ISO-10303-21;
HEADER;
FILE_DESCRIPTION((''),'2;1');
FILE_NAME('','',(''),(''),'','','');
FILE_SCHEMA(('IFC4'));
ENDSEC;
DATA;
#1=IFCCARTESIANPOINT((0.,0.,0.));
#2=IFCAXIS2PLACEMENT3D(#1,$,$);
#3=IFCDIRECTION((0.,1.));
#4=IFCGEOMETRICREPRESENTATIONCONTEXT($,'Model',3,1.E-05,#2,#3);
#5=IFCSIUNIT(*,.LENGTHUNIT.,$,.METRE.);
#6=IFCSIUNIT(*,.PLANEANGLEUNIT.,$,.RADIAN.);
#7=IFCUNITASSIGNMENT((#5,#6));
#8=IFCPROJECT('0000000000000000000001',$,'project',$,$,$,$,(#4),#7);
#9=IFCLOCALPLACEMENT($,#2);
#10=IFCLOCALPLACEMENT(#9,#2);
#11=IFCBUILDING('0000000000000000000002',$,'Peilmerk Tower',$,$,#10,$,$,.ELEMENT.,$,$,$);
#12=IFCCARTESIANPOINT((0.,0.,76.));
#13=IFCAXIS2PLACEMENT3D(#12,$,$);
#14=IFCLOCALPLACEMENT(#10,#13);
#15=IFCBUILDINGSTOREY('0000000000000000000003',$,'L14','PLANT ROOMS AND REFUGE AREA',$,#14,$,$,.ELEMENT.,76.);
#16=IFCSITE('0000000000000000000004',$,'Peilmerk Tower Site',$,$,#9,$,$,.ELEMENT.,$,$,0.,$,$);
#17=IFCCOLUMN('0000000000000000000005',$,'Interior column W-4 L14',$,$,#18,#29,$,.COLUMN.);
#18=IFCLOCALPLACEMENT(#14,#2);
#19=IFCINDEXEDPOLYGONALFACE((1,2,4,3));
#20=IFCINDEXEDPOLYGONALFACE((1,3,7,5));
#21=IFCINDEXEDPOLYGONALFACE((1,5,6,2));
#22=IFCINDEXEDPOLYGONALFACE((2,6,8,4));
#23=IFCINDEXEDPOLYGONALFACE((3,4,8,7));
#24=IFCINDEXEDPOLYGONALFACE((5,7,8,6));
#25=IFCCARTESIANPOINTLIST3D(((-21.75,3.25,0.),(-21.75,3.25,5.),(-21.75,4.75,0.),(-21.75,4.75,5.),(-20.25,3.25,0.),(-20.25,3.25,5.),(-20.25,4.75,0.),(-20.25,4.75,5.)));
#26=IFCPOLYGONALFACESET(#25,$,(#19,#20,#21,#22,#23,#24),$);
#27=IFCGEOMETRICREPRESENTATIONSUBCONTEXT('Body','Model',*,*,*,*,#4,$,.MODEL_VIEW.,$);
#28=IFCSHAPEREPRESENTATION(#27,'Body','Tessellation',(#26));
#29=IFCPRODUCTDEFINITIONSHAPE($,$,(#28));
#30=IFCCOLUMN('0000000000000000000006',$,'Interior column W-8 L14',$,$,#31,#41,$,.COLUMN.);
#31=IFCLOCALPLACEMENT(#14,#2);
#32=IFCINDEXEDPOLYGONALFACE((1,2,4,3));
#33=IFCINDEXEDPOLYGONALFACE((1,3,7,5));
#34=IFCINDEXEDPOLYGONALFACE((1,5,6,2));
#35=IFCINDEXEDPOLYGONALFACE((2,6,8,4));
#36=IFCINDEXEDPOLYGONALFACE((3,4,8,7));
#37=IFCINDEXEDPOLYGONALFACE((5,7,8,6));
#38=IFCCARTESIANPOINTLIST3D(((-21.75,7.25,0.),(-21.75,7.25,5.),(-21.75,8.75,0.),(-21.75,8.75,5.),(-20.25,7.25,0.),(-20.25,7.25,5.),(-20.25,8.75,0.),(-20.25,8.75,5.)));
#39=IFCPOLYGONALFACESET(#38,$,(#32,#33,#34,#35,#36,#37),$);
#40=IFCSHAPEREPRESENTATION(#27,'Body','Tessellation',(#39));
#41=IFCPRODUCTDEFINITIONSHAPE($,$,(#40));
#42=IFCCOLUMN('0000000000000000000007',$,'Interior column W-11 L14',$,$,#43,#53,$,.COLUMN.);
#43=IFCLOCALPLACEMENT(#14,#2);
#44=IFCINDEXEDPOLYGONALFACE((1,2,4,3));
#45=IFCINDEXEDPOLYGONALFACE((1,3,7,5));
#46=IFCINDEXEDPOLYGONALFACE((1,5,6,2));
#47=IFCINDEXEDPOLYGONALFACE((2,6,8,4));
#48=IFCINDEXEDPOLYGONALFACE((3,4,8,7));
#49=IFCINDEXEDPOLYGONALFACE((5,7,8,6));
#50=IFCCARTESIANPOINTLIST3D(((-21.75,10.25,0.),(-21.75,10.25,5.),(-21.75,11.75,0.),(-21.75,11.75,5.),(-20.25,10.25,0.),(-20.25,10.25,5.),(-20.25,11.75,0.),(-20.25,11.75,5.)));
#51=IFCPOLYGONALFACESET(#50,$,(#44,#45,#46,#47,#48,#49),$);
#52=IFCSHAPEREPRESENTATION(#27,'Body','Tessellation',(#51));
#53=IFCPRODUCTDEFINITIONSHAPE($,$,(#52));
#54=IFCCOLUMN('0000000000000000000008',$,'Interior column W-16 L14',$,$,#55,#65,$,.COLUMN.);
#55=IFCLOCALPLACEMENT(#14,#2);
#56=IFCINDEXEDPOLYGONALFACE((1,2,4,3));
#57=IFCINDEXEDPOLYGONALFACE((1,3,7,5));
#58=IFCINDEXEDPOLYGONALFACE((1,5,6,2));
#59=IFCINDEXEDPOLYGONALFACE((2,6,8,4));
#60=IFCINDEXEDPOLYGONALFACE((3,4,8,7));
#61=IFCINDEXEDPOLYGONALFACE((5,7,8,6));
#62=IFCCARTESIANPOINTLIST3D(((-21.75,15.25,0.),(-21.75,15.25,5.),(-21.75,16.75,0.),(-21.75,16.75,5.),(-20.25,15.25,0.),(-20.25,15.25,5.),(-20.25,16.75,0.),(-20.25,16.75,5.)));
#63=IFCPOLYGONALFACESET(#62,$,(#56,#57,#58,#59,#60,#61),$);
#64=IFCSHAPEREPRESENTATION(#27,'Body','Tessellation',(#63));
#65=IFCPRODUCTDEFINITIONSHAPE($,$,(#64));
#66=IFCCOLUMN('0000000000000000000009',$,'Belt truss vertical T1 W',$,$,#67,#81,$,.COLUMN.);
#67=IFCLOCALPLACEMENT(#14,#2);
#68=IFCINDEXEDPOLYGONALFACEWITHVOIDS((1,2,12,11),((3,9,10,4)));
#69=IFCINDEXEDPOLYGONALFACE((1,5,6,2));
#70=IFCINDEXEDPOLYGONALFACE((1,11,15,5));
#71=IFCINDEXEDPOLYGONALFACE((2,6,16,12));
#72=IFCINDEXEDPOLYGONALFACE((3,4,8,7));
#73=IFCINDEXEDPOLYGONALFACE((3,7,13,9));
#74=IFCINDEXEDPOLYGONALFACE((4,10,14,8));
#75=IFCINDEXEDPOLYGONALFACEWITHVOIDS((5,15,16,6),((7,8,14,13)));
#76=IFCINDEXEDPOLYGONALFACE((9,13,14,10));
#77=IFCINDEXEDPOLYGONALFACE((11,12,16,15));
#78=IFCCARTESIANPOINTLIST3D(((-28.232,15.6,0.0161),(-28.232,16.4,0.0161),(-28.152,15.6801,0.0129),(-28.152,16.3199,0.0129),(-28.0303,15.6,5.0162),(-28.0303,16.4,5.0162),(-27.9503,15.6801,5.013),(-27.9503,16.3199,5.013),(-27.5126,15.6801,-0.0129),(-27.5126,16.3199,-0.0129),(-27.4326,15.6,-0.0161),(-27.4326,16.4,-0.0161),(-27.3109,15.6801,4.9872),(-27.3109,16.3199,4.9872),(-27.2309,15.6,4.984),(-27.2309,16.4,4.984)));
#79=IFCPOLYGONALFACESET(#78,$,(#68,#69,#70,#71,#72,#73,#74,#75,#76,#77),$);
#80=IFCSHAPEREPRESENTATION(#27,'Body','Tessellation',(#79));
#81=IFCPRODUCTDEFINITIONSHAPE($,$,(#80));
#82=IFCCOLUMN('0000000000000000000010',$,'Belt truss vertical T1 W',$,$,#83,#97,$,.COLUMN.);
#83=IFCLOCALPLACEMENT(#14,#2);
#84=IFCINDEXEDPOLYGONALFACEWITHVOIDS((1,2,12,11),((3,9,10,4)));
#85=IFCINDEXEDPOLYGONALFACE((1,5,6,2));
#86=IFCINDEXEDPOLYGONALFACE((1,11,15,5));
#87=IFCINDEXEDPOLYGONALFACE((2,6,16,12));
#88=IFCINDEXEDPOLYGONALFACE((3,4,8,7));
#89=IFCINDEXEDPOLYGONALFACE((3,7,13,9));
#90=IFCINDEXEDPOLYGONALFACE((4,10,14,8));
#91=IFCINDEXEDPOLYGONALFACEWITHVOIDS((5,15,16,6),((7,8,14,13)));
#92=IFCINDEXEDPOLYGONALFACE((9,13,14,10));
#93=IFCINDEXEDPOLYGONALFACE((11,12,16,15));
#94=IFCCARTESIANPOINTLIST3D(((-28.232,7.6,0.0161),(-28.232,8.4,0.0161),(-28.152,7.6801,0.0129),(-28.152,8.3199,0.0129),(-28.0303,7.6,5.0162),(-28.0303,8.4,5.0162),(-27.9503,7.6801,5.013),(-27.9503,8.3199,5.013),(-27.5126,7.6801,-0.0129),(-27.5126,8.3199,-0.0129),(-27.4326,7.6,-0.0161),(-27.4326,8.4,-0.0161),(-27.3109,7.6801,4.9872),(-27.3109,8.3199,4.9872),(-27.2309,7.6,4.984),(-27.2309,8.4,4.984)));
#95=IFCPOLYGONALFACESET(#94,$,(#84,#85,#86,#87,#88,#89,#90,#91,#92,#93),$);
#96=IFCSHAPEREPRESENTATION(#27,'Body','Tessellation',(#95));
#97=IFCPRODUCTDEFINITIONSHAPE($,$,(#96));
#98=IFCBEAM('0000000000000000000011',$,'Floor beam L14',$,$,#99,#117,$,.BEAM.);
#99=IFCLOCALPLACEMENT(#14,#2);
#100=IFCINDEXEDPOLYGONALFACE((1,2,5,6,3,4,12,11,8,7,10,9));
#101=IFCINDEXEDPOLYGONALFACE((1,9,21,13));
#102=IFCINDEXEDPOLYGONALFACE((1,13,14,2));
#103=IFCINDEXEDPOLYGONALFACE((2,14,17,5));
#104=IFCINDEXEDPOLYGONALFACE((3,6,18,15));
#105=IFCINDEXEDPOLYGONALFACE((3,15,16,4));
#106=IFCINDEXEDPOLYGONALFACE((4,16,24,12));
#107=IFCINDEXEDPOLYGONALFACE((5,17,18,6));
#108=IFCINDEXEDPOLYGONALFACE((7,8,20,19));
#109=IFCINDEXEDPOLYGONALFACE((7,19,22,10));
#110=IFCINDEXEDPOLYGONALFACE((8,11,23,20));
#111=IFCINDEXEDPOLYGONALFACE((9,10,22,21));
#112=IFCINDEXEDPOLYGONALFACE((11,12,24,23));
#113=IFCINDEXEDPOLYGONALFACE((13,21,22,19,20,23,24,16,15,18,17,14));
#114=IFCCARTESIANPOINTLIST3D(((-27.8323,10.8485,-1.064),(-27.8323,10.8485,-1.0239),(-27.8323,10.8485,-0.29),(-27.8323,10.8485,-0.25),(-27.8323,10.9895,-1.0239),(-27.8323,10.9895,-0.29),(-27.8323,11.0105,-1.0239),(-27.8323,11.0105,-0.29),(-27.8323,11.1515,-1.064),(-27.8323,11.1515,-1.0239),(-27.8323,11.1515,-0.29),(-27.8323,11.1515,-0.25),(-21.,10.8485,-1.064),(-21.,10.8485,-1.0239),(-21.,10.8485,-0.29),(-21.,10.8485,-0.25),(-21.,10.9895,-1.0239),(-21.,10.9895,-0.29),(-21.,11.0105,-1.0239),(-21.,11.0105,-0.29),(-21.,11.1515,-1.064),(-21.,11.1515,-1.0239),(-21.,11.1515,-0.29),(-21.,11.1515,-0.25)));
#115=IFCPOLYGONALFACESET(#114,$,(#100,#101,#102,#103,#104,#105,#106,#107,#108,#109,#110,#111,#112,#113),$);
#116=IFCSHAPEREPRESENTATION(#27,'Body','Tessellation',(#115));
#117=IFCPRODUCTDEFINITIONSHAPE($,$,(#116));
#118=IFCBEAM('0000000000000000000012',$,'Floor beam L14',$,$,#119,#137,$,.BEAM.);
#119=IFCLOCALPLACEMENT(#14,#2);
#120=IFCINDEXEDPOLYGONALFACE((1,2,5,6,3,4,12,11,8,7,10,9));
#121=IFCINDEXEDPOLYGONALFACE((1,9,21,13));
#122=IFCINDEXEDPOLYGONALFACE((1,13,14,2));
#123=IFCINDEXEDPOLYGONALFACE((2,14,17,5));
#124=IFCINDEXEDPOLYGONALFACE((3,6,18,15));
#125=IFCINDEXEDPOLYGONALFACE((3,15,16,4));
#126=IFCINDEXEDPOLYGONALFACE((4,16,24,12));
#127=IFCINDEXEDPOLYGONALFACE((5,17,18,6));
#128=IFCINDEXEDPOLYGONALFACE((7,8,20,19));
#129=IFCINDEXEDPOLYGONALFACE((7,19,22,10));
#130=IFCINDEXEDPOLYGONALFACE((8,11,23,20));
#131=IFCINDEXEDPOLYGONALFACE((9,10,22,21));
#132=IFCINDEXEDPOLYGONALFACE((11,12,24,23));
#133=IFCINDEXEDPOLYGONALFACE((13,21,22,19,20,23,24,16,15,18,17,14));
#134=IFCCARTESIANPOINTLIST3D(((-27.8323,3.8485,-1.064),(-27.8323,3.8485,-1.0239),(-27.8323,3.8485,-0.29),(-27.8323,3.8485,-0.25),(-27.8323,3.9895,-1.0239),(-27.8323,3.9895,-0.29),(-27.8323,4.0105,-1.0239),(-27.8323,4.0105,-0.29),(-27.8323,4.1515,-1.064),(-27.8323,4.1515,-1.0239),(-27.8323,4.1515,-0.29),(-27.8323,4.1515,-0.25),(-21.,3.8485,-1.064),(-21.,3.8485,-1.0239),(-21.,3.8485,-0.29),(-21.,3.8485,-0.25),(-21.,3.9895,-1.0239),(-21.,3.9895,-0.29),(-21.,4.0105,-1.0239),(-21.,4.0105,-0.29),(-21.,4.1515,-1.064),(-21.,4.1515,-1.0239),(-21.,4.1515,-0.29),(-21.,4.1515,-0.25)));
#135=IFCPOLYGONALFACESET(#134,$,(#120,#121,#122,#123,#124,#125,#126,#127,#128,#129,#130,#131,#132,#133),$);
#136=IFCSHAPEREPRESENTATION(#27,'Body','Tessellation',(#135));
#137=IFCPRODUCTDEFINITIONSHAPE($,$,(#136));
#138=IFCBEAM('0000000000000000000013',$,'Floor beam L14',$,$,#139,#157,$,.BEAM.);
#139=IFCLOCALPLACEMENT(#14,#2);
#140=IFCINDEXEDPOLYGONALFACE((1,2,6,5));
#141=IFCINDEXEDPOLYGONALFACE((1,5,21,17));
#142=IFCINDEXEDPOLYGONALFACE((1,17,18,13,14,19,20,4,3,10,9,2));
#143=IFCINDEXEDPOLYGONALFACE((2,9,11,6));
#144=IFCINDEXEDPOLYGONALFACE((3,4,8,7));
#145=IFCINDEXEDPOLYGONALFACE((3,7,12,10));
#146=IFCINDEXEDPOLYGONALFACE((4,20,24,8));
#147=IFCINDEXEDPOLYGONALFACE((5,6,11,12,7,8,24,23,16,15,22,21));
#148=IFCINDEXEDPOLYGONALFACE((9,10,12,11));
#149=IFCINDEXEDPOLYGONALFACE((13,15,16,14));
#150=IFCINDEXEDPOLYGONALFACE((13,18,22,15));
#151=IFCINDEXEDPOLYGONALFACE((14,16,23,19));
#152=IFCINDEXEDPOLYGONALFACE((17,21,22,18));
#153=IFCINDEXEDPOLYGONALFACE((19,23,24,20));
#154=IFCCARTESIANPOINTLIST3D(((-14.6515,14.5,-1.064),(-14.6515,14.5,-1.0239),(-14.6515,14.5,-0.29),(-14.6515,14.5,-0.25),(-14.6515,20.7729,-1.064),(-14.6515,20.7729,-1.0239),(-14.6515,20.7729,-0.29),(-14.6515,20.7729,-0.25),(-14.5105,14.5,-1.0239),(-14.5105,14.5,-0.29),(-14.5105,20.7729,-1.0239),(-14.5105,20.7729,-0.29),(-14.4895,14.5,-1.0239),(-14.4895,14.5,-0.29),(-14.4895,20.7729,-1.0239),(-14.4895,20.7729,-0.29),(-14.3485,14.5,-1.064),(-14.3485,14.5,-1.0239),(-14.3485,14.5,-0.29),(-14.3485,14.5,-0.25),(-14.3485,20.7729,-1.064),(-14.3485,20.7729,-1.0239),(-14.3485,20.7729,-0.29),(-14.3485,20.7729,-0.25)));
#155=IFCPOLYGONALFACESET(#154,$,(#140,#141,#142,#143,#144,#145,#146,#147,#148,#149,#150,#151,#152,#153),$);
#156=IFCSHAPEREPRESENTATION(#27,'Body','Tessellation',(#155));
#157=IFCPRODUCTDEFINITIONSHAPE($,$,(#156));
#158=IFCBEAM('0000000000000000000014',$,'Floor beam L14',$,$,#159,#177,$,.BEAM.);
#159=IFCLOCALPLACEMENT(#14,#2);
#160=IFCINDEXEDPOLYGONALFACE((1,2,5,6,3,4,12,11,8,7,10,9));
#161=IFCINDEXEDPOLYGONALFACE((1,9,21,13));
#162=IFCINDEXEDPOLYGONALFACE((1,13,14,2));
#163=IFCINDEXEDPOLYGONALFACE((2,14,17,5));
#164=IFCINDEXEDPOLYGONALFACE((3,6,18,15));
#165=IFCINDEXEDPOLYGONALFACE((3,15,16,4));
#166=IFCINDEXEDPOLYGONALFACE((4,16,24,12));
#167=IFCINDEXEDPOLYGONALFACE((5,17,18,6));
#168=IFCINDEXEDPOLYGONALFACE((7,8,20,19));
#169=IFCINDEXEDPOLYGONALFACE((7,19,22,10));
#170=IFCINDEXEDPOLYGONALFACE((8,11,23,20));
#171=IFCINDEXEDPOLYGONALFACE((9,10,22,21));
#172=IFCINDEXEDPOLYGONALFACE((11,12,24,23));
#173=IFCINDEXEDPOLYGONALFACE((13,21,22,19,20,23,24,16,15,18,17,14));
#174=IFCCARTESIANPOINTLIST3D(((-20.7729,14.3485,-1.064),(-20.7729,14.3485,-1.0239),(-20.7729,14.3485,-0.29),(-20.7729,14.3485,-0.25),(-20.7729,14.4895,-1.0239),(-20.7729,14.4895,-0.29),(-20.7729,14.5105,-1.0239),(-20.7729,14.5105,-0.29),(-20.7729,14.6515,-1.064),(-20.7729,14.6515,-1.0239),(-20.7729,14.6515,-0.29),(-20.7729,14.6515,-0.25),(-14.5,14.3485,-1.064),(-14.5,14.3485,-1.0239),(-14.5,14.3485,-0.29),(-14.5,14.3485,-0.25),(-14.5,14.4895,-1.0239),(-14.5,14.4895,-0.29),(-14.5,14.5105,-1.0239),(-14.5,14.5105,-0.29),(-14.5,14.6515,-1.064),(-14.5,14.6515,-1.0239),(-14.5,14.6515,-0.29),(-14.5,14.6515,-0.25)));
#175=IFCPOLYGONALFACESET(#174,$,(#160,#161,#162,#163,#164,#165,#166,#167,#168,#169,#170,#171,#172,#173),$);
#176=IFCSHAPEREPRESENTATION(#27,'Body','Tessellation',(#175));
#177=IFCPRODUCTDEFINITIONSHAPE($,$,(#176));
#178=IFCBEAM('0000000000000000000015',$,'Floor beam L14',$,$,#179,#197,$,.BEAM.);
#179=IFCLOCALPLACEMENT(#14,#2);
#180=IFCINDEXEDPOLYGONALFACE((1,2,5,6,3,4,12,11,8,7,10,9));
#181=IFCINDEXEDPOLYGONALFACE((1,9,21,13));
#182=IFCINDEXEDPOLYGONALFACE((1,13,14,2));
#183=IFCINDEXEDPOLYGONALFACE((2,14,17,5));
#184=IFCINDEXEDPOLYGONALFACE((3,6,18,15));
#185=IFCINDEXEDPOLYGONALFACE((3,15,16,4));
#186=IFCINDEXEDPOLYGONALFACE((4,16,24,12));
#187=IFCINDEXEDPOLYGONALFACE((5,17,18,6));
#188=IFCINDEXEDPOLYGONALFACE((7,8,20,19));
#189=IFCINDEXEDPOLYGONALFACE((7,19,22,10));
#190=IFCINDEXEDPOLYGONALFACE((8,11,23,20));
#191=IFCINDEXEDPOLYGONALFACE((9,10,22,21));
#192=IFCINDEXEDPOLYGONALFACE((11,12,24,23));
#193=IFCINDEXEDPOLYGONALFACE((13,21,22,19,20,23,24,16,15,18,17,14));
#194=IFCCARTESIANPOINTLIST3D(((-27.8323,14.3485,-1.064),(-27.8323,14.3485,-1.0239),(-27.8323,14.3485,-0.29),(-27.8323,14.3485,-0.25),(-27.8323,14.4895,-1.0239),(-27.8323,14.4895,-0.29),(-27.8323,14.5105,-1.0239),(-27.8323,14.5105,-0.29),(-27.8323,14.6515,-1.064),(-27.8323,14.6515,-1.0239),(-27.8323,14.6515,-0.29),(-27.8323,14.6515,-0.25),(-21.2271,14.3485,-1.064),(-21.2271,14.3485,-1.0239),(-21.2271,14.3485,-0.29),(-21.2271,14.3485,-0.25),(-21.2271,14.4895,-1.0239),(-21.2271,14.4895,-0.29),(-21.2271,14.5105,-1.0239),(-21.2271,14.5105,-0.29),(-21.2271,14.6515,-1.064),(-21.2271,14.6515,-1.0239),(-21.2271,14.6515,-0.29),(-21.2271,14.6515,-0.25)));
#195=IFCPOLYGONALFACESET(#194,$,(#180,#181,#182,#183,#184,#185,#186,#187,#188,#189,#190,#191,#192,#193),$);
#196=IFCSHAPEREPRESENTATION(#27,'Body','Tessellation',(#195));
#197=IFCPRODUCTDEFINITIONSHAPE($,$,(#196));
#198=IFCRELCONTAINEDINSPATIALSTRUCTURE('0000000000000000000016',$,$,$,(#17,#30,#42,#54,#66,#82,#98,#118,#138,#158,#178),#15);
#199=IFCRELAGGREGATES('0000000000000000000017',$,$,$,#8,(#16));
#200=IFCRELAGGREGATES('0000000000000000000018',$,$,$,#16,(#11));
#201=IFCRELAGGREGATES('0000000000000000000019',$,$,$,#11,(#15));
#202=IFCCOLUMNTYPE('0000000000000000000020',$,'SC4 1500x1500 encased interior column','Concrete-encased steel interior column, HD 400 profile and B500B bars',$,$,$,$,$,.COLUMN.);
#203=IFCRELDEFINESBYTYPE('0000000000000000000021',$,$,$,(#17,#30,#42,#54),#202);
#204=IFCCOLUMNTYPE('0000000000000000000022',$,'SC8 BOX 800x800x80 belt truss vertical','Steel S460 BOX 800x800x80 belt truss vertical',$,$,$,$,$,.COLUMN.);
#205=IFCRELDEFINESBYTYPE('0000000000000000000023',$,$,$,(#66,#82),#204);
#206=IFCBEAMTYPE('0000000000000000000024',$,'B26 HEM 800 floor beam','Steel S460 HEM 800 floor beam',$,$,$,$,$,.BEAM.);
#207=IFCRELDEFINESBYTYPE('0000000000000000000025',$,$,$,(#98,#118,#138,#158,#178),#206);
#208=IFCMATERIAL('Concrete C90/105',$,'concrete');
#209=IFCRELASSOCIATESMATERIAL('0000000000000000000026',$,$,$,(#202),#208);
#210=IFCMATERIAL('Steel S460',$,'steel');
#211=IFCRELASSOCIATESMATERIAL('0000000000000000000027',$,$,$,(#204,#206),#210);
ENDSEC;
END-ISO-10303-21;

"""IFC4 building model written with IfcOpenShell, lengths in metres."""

from ifc_helpers import new_model, si_unit, direction, frame, origin, origin_2d, place, context, subcontext, project, spatial, rectangle, hollow_rectangle, i_section, extrude, material, material_profile, profile_set, type_object, element, save


model = new_model("IFC4")

# Units and contexts
model_context = context("Model", 3, precision=1e-05, world=origin(), true_north=direction((0.0, 1.0)))
body_context = subcontext(model_context, "Body", "Model", "MODEL_VIEW")
ifc_project = project(units=[si_unit("LENGTHUNIT", "METRE"), si_unit("PLANEANGLEUNIT", "RADIAN")], contexts=[model_context])

# Site, building, storey
site_placement = place(None, origin())
site = spatial("IfcSite", under=ifc_project, at=site_placement, Name="Peilmerk Tower Site", CompositionType="ELEMENT", RefElevation=0.0)
building_placement = place(site_placement, origin())
building = spatial("IfcBuilding", under=site, at=building_placement, Name="Peilmerk Tower", CompositionType="ELEMENT")
storey_placement = place(building_placement, frame((0.0, 0.0, 76.0)))
storey = spatial("IfcBuildingStorey", under=building, at=storey_placement, Name="L14", Description="PLANT ROOMS AND REFUGE AREA", CompositionType="ELEMENT", Elevation=76.0)

# Columns
ifc_material_1 = material(Name="Concrete C90/105", Category="concrete")
ifc_material_profile_1 = material_profile(ifc_material_1, rectangle(XDim=1.5, YDim=1.5, at=origin_2d()), Name="RC 1500x1500")
ifc_profile_set_1 = profile_set([ifc_material_profile_1], Name="Concrete C90/105")
column_type_1 = type_object("IfcColumnType", Name="SC4 1500x1500 encased interior column", Description="Concrete-encased steel interior column, HD 400 profile and B500B bars", PredefinedType="COLUMN", material=ifc_profile_set_1)
for number, where, z_axis, x_axis, name in (
    (1, (-21.0, 4.0, 0.0), (0.0, 0.0, 1.0), (1.0, 0.0, 0.0), "Interior column W-4 L14"),
    (2, (-21.0, 8.0, 0.0), (0.0, 0.0, 1.0), (1.0, 0.0, 0.0), "Interior column W-8 L14"),
    (3, (-21.0, 11.0, 0.0), (0.0, 0.0, 1.0), (1.0, 0.0, 0.0), "Interior column W-11 L14"),
    (4, (-21.0, 16.0, 0.0), (0.0, 0.0, 1.0), (1.0, 0.0, 0.0), "Interior column W-16 L14"),
):
    element("IfcColumn", number, at=place(storey_placement, frame(where, z_axis=z_axis, x_axis=x_axis)), inside=storey, type_object=column_type_1, Name=name, PredefinedType="COLUMN", context=body_context, shape_type="SweptSolid", body=[
        extrude(rectangle(XDim=1.5, YDim=1.5, at=origin_2d()), origin(), (0.0, 0.0, 1.0), 5.0),
    ])
ifc_material_2 = material(Name="Steel S460", Category="steel")
ifc_material_profile_2 = material_profile(ifc_material_2, hollow_rectangle(XDim=0.8, YDim=0.8, WallThickness=0.0801, at=origin_2d()), Name="BOX 800x800x80")
ifc_profile_set_2 = profile_set([ifc_material_profile_2], Name="Steel S460")
column_type_2 = type_object("IfcColumnType", Name="SC8 BOX 800x800x80 belt truss vertical", Description="Steel S460 BOX 800x800x80 belt truss vertical", PredefinedType="COLUMN", material=ifc_profile_set_2)
for number, where, z_axis, x_axis, name in (
    (5, (-27.8323, 16.0, 0.0), (0.040299, 0.0, 0.999188), (0.0, 1.0, 0.0), "Belt truss vertical T1 W"),
    (6, (-27.8323, 8.0, 0.0), (0.040299, 0.0, 0.999188), (0.0, 1.0, 0.0), "Belt truss vertical T1 W"),
):
    element("IfcColumn", number, at=place(storey_placement, frame(where, z_axis=z_axis, x_axis=x_axis)), inside=storey, type_object=column_type_2, Name=name, PredefinedType="COLUMN", context=body_context, shape_type="SweptSolid", body=[
        extrude(hollow_rectangle(XDim=0.8, YDim=0.8, WallThickness=0.0801, at=origin_2d()), origin(), (0.0, 0.0, 1.0), 5.0042),
    ])

# Beams
ifc_material_profile_3 = material_profile(ifc_material_2, i_section(OverallWidth=0.303, OverallDepth=0.814, WebThickness=0.021, FlangeThickness=0.04, at=origin_2d()), Name="HEM 800")
ifc_profile_set_3 = profile_set([ifc_material_profile_3], Name="Steel S460")
beam_type_1 = type_object("IfcBeamType", Name="B26 HEM 800 floor beam", Description="Steel S460 HEM 800 floor beam", PredefinedType="BEAM", material=ifc_profile_set_3)
for number, where, z_axis, x_axis, name in (
    (7, (-21.0, 11.0, -0.657), (-1.0, 0.0, 0.0), (0.0, -1.0, 0.0), "Floor beam L14"),
    (8, (-21.0, 4.0, -0.657), (-1.0, 0.0, 0.0), (0.0, -1.0, 0.0), "Floor beam L14"),
):
    element("IfcBeam", number, at=place(storey_placement, frame(where, z_axis=z_axis, x_axis=x_axis)), inside=storey, type_object=beam_type_1, Name=name, PredefinedType="BEAM", context=body_context, shape_type="SweptSolid", body=[
        extrude(i_section(OverallWidth=0.303, OverallDepth=0.814, WebThickness=0.021, FlangeThickness=0.04, at=origin_2d()), origin(), (0.0, 0.0, 1.0), 6.8323),
    ])
for number, where, z_axis, x_axis, name in (
    (9, (-14.5, 14.5, -0.657), (0.0, 1.0, 0.0), (-1.0, 0.0, 0.0), "Floor beam L14"),
    (10, (-14.5, 14.5, -0.657), (-1.0, 0.0, 0.0), (0.0, -1.0, 0.0), "Floor beam L14"),
):
    element("IfcBeam", number, at=place(storey_placement, frame(where, z_axis=z_axis, x_axis=x_axis)), inside=storey, type_object=beam_type_1, Name=name, PredefinedType="BEAM", context=body_context, shape_type="SweptSolid", body=[
        extrude(i_section(OverallWidth=0.303, OverallDepth=0.814, WebThickness=0.021, FlangeThickness=0.04, at=origin_2d()), origin(), (0.0, 0.0, 1.0), 6.2729),
    ])
beam_1_placement = place(storey_placement, frame((-21.2271, 14.5, -0.657), z_axis=(-1.0, 0.0, 0.0), x_axis=(0.0, -1.0, 0.0)))
element("IfcBeam", 11, at=beam_1_placement, inside=storey, type_object=beam_type_1, Name="Floor beam L14", PredefinedType="BEAM", context=body_context, shape_type="SweptSolid", body=[
    extrude(i_section(OverallWidth=0.303, OverallDepth=0.814, WebThickness=0.021, FlangeThickness=0.04, at=origin_2d()), origin(), (0.0, 0.0, 1.0), 6.6052),
])

save(model, "model.ifc")
